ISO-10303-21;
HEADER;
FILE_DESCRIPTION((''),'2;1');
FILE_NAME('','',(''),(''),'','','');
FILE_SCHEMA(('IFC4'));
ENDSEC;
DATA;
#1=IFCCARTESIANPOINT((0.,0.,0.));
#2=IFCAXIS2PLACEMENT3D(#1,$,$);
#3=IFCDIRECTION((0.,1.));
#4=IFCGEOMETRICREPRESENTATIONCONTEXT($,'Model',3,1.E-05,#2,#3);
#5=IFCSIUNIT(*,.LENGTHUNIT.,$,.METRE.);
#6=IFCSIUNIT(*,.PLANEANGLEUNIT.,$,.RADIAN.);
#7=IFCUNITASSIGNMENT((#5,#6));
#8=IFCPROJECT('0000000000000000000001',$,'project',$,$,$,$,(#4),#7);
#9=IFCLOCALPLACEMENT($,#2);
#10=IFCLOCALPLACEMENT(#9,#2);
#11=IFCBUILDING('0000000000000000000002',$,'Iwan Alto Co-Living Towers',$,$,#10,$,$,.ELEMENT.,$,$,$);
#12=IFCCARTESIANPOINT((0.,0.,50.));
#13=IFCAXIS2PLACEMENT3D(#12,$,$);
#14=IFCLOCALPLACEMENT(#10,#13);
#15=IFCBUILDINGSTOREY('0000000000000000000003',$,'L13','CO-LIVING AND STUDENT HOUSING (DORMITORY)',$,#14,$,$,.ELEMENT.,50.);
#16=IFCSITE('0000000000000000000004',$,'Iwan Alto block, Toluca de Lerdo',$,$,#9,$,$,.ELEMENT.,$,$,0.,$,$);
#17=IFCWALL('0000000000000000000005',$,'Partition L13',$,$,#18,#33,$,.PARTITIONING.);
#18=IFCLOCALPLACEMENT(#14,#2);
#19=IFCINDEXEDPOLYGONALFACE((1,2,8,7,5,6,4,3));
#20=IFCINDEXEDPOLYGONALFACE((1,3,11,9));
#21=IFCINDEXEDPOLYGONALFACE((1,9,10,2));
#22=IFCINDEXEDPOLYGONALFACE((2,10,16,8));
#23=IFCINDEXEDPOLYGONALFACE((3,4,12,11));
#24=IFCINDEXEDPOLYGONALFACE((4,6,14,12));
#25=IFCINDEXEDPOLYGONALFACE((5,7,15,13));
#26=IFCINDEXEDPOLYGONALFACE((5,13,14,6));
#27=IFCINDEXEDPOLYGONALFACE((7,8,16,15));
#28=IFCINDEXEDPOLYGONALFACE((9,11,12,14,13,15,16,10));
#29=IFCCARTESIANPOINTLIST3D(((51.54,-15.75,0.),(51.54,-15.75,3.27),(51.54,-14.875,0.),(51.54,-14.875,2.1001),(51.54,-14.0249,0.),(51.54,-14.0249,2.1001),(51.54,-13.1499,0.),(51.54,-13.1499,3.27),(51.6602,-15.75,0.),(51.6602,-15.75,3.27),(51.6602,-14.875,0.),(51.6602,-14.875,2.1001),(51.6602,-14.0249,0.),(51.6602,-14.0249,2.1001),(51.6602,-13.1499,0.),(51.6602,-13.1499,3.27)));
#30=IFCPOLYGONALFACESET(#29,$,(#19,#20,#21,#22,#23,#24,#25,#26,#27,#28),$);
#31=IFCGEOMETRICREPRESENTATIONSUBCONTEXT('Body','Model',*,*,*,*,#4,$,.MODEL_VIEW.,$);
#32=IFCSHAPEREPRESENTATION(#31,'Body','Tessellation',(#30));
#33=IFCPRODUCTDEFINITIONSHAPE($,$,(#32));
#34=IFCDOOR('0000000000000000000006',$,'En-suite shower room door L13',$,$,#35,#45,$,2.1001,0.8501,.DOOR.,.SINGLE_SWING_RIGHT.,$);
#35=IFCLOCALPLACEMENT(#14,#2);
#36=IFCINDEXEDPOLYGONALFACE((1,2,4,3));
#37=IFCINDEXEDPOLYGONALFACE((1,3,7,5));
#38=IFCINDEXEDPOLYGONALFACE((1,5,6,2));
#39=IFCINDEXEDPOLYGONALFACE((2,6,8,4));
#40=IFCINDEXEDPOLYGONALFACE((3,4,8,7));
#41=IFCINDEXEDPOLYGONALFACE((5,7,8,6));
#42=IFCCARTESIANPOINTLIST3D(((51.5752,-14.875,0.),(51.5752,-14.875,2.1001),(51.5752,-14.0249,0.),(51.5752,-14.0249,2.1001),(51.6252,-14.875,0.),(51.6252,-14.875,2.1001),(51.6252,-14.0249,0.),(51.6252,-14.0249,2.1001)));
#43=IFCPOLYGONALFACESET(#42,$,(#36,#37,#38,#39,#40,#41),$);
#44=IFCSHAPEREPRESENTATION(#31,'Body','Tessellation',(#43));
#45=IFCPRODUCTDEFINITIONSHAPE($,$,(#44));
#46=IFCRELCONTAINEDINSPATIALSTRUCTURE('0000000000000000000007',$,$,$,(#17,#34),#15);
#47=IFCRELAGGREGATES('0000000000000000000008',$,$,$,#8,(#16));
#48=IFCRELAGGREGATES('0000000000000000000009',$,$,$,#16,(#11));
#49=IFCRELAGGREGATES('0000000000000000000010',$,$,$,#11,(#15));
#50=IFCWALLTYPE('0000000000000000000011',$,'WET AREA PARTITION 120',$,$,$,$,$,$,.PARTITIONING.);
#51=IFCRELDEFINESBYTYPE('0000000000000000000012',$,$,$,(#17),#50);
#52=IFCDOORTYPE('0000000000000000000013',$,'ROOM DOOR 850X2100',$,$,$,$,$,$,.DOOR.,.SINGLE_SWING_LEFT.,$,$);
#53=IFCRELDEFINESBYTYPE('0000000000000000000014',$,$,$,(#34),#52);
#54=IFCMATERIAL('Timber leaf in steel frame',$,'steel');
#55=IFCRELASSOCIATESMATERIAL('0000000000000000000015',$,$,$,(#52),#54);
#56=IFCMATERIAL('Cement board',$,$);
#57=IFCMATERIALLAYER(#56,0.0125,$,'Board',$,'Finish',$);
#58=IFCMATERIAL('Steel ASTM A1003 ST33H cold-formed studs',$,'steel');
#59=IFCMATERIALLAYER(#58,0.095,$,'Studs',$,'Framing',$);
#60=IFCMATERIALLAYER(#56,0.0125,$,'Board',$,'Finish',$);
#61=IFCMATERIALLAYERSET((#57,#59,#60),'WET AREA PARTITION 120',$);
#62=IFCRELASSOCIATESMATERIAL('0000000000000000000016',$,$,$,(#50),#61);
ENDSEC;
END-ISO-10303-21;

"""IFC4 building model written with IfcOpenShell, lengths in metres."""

from ifc_helpers import new_model, si_unit, direction, frame, frame_2d, origin, place, context, subcontext, project, spatial, rectangle, extrude, material, layer, layer_set, type_object, element, fill, save


model = new_model("IFC4")

# Units and contexts
model_context = context("Model", 3, precision=1e-05, world=origin(), true_north=direction((0.0, 1.0)))
body_context = subcontext(model_context, "Body", "Model", "MODEL_VIEW")
ifc_project = project(units=[si_unit("LENGTHUNIT", "METRE"), si_unit("PLANEANGLEUNIT", "RADIAN")], contexts=[model_context])

# Site, building, storey
site_placement = place(None, origin())
site = spatial("IfcSite", under=ifc_project, at=site_placement, Name="Iwan Alto block, Toluca de Lerdo", CompositionType="ELEMENT", RefElevation=0.0)
building_placement = place(site_placement, origin())
building = spatial("IfcBuilding", under=site, at=building_placement, Name="Iwan Alto Co-Living Towers", CompositionType="ELEMENT")
storey_placement = place(building_placement, frame((0.0, 0.0, 50.0)))
storey = spatial("IfcBuildingStorey", under=building, at=storey_placement, Name="L13", Description="CO-LIVING AND STUDENT HOUSING (DORMITORY)", CompositionType="ELEMENT", Elevation=50.0)

# Shared definitions
ifc_material_1 = material(Name="Steel ASTM A1003 ST33H cold-formed studs", Category="steel")

# Shared definitions
ifc_material_2 = material(Name="Timber leaf in steel frame", Category="steel")
door_type_1 = type_object("IfcDoorType", Name="ROOM DOOR 850X2100", OperationType="SINGLE_SWING_LEFT", PredefinedType="DOOR", material=ifc_material_2)

# Shared definitions
ifc_material_3 = material(Name="Cement board")
ifc_layer_1 = layer(ifc_material_3, 0.0125, Name="Board", Category="Finish")
ifc_layer_2 = layer(ifc_material_1, 0.095, Name="Studs", Category="Framing")
ifc_layer_3 = layer(ifc_material_3, 0.0125, Name="Board", Category="Finish")
ifc_layer_set_1 = layer_set([ifc_layer_1, ifc_layer_2, ifc_layer_3], Name="WET AREA PARTITION 120")
wall_type_1 = type_object("IfcWallType", Name="WET AREA PARTITION 120", PredefinedType="PARTITIONING", material=ifc_layer_set_1)

# Wall, opening, door
wall_1_placement = place(storey_placement, frame((51.6001, -15.75, 0.0), z_axis=(0.0, 0.0, 1.0), x_axis=(0.0, 1.0, 0.0)))
wall_1 = element("IfcWall", 1, at=wall_1_placement, inside=storey, type_object=wall_type_1, Name="Partition L13", PredefinedType="PARTITIONING", context=body_context, shape_type="SweptSolid", body=[
    extrude(rectangle(XDim=2.6001, YDim=0.1201, at=frame_2d((1.3, 0.0))), origin(), (0.0, 0.0, 1.0), 3.27),
])
opening_1_placement = place(wall_1_placement, frame((0.875, 0.0, 0.0)))
opening_1 = element("IfcOpeningElement", 2, at=opening_1_placement, cuts=wall_1, PredefinedType="OPENING", context=body_context, shape_type="SweptSolid", body=[
    extrude(rectangle(XDim=0.8501, YDim=2.1001, at=frame_2d((0.425, 1.05))), frame((0.0, 0.0701, 0.0), z_axis=(0.0, -1.0, 0.0), x_axis=(1.0, 0.0, 0.0)), (0.0, 0.0, 1.0), 0.1401),
])
door_1_placement = place(opening_1_placement, origin())
door_1 = element("IfcDoor", 3, at=door_1_placement, inside=storey, type_object=door_type_1, Name="En-suite shower room door L13", OperationType="SINGLE_SWING_RIGHT", OverallHeight=2.1001, OverallWidth=0.8501, PredefinedType="DOOR", context=body_context, shape_type="SweptSolid", body=[
    extrude(rectangle(XDim=0.8501, YDim=2.1001, at=frame_2d((0.425, 1.05))), frame((0.0, 0.0249, 0.0), z_axis=(0.0, -1.0, 0.0), x_axis=(1.0, 0.0, 0.0)), (0.0, 0.0, 1.0), 0.05),
])
fill(opening_1, door_1)

save(model, "model.ifc")
